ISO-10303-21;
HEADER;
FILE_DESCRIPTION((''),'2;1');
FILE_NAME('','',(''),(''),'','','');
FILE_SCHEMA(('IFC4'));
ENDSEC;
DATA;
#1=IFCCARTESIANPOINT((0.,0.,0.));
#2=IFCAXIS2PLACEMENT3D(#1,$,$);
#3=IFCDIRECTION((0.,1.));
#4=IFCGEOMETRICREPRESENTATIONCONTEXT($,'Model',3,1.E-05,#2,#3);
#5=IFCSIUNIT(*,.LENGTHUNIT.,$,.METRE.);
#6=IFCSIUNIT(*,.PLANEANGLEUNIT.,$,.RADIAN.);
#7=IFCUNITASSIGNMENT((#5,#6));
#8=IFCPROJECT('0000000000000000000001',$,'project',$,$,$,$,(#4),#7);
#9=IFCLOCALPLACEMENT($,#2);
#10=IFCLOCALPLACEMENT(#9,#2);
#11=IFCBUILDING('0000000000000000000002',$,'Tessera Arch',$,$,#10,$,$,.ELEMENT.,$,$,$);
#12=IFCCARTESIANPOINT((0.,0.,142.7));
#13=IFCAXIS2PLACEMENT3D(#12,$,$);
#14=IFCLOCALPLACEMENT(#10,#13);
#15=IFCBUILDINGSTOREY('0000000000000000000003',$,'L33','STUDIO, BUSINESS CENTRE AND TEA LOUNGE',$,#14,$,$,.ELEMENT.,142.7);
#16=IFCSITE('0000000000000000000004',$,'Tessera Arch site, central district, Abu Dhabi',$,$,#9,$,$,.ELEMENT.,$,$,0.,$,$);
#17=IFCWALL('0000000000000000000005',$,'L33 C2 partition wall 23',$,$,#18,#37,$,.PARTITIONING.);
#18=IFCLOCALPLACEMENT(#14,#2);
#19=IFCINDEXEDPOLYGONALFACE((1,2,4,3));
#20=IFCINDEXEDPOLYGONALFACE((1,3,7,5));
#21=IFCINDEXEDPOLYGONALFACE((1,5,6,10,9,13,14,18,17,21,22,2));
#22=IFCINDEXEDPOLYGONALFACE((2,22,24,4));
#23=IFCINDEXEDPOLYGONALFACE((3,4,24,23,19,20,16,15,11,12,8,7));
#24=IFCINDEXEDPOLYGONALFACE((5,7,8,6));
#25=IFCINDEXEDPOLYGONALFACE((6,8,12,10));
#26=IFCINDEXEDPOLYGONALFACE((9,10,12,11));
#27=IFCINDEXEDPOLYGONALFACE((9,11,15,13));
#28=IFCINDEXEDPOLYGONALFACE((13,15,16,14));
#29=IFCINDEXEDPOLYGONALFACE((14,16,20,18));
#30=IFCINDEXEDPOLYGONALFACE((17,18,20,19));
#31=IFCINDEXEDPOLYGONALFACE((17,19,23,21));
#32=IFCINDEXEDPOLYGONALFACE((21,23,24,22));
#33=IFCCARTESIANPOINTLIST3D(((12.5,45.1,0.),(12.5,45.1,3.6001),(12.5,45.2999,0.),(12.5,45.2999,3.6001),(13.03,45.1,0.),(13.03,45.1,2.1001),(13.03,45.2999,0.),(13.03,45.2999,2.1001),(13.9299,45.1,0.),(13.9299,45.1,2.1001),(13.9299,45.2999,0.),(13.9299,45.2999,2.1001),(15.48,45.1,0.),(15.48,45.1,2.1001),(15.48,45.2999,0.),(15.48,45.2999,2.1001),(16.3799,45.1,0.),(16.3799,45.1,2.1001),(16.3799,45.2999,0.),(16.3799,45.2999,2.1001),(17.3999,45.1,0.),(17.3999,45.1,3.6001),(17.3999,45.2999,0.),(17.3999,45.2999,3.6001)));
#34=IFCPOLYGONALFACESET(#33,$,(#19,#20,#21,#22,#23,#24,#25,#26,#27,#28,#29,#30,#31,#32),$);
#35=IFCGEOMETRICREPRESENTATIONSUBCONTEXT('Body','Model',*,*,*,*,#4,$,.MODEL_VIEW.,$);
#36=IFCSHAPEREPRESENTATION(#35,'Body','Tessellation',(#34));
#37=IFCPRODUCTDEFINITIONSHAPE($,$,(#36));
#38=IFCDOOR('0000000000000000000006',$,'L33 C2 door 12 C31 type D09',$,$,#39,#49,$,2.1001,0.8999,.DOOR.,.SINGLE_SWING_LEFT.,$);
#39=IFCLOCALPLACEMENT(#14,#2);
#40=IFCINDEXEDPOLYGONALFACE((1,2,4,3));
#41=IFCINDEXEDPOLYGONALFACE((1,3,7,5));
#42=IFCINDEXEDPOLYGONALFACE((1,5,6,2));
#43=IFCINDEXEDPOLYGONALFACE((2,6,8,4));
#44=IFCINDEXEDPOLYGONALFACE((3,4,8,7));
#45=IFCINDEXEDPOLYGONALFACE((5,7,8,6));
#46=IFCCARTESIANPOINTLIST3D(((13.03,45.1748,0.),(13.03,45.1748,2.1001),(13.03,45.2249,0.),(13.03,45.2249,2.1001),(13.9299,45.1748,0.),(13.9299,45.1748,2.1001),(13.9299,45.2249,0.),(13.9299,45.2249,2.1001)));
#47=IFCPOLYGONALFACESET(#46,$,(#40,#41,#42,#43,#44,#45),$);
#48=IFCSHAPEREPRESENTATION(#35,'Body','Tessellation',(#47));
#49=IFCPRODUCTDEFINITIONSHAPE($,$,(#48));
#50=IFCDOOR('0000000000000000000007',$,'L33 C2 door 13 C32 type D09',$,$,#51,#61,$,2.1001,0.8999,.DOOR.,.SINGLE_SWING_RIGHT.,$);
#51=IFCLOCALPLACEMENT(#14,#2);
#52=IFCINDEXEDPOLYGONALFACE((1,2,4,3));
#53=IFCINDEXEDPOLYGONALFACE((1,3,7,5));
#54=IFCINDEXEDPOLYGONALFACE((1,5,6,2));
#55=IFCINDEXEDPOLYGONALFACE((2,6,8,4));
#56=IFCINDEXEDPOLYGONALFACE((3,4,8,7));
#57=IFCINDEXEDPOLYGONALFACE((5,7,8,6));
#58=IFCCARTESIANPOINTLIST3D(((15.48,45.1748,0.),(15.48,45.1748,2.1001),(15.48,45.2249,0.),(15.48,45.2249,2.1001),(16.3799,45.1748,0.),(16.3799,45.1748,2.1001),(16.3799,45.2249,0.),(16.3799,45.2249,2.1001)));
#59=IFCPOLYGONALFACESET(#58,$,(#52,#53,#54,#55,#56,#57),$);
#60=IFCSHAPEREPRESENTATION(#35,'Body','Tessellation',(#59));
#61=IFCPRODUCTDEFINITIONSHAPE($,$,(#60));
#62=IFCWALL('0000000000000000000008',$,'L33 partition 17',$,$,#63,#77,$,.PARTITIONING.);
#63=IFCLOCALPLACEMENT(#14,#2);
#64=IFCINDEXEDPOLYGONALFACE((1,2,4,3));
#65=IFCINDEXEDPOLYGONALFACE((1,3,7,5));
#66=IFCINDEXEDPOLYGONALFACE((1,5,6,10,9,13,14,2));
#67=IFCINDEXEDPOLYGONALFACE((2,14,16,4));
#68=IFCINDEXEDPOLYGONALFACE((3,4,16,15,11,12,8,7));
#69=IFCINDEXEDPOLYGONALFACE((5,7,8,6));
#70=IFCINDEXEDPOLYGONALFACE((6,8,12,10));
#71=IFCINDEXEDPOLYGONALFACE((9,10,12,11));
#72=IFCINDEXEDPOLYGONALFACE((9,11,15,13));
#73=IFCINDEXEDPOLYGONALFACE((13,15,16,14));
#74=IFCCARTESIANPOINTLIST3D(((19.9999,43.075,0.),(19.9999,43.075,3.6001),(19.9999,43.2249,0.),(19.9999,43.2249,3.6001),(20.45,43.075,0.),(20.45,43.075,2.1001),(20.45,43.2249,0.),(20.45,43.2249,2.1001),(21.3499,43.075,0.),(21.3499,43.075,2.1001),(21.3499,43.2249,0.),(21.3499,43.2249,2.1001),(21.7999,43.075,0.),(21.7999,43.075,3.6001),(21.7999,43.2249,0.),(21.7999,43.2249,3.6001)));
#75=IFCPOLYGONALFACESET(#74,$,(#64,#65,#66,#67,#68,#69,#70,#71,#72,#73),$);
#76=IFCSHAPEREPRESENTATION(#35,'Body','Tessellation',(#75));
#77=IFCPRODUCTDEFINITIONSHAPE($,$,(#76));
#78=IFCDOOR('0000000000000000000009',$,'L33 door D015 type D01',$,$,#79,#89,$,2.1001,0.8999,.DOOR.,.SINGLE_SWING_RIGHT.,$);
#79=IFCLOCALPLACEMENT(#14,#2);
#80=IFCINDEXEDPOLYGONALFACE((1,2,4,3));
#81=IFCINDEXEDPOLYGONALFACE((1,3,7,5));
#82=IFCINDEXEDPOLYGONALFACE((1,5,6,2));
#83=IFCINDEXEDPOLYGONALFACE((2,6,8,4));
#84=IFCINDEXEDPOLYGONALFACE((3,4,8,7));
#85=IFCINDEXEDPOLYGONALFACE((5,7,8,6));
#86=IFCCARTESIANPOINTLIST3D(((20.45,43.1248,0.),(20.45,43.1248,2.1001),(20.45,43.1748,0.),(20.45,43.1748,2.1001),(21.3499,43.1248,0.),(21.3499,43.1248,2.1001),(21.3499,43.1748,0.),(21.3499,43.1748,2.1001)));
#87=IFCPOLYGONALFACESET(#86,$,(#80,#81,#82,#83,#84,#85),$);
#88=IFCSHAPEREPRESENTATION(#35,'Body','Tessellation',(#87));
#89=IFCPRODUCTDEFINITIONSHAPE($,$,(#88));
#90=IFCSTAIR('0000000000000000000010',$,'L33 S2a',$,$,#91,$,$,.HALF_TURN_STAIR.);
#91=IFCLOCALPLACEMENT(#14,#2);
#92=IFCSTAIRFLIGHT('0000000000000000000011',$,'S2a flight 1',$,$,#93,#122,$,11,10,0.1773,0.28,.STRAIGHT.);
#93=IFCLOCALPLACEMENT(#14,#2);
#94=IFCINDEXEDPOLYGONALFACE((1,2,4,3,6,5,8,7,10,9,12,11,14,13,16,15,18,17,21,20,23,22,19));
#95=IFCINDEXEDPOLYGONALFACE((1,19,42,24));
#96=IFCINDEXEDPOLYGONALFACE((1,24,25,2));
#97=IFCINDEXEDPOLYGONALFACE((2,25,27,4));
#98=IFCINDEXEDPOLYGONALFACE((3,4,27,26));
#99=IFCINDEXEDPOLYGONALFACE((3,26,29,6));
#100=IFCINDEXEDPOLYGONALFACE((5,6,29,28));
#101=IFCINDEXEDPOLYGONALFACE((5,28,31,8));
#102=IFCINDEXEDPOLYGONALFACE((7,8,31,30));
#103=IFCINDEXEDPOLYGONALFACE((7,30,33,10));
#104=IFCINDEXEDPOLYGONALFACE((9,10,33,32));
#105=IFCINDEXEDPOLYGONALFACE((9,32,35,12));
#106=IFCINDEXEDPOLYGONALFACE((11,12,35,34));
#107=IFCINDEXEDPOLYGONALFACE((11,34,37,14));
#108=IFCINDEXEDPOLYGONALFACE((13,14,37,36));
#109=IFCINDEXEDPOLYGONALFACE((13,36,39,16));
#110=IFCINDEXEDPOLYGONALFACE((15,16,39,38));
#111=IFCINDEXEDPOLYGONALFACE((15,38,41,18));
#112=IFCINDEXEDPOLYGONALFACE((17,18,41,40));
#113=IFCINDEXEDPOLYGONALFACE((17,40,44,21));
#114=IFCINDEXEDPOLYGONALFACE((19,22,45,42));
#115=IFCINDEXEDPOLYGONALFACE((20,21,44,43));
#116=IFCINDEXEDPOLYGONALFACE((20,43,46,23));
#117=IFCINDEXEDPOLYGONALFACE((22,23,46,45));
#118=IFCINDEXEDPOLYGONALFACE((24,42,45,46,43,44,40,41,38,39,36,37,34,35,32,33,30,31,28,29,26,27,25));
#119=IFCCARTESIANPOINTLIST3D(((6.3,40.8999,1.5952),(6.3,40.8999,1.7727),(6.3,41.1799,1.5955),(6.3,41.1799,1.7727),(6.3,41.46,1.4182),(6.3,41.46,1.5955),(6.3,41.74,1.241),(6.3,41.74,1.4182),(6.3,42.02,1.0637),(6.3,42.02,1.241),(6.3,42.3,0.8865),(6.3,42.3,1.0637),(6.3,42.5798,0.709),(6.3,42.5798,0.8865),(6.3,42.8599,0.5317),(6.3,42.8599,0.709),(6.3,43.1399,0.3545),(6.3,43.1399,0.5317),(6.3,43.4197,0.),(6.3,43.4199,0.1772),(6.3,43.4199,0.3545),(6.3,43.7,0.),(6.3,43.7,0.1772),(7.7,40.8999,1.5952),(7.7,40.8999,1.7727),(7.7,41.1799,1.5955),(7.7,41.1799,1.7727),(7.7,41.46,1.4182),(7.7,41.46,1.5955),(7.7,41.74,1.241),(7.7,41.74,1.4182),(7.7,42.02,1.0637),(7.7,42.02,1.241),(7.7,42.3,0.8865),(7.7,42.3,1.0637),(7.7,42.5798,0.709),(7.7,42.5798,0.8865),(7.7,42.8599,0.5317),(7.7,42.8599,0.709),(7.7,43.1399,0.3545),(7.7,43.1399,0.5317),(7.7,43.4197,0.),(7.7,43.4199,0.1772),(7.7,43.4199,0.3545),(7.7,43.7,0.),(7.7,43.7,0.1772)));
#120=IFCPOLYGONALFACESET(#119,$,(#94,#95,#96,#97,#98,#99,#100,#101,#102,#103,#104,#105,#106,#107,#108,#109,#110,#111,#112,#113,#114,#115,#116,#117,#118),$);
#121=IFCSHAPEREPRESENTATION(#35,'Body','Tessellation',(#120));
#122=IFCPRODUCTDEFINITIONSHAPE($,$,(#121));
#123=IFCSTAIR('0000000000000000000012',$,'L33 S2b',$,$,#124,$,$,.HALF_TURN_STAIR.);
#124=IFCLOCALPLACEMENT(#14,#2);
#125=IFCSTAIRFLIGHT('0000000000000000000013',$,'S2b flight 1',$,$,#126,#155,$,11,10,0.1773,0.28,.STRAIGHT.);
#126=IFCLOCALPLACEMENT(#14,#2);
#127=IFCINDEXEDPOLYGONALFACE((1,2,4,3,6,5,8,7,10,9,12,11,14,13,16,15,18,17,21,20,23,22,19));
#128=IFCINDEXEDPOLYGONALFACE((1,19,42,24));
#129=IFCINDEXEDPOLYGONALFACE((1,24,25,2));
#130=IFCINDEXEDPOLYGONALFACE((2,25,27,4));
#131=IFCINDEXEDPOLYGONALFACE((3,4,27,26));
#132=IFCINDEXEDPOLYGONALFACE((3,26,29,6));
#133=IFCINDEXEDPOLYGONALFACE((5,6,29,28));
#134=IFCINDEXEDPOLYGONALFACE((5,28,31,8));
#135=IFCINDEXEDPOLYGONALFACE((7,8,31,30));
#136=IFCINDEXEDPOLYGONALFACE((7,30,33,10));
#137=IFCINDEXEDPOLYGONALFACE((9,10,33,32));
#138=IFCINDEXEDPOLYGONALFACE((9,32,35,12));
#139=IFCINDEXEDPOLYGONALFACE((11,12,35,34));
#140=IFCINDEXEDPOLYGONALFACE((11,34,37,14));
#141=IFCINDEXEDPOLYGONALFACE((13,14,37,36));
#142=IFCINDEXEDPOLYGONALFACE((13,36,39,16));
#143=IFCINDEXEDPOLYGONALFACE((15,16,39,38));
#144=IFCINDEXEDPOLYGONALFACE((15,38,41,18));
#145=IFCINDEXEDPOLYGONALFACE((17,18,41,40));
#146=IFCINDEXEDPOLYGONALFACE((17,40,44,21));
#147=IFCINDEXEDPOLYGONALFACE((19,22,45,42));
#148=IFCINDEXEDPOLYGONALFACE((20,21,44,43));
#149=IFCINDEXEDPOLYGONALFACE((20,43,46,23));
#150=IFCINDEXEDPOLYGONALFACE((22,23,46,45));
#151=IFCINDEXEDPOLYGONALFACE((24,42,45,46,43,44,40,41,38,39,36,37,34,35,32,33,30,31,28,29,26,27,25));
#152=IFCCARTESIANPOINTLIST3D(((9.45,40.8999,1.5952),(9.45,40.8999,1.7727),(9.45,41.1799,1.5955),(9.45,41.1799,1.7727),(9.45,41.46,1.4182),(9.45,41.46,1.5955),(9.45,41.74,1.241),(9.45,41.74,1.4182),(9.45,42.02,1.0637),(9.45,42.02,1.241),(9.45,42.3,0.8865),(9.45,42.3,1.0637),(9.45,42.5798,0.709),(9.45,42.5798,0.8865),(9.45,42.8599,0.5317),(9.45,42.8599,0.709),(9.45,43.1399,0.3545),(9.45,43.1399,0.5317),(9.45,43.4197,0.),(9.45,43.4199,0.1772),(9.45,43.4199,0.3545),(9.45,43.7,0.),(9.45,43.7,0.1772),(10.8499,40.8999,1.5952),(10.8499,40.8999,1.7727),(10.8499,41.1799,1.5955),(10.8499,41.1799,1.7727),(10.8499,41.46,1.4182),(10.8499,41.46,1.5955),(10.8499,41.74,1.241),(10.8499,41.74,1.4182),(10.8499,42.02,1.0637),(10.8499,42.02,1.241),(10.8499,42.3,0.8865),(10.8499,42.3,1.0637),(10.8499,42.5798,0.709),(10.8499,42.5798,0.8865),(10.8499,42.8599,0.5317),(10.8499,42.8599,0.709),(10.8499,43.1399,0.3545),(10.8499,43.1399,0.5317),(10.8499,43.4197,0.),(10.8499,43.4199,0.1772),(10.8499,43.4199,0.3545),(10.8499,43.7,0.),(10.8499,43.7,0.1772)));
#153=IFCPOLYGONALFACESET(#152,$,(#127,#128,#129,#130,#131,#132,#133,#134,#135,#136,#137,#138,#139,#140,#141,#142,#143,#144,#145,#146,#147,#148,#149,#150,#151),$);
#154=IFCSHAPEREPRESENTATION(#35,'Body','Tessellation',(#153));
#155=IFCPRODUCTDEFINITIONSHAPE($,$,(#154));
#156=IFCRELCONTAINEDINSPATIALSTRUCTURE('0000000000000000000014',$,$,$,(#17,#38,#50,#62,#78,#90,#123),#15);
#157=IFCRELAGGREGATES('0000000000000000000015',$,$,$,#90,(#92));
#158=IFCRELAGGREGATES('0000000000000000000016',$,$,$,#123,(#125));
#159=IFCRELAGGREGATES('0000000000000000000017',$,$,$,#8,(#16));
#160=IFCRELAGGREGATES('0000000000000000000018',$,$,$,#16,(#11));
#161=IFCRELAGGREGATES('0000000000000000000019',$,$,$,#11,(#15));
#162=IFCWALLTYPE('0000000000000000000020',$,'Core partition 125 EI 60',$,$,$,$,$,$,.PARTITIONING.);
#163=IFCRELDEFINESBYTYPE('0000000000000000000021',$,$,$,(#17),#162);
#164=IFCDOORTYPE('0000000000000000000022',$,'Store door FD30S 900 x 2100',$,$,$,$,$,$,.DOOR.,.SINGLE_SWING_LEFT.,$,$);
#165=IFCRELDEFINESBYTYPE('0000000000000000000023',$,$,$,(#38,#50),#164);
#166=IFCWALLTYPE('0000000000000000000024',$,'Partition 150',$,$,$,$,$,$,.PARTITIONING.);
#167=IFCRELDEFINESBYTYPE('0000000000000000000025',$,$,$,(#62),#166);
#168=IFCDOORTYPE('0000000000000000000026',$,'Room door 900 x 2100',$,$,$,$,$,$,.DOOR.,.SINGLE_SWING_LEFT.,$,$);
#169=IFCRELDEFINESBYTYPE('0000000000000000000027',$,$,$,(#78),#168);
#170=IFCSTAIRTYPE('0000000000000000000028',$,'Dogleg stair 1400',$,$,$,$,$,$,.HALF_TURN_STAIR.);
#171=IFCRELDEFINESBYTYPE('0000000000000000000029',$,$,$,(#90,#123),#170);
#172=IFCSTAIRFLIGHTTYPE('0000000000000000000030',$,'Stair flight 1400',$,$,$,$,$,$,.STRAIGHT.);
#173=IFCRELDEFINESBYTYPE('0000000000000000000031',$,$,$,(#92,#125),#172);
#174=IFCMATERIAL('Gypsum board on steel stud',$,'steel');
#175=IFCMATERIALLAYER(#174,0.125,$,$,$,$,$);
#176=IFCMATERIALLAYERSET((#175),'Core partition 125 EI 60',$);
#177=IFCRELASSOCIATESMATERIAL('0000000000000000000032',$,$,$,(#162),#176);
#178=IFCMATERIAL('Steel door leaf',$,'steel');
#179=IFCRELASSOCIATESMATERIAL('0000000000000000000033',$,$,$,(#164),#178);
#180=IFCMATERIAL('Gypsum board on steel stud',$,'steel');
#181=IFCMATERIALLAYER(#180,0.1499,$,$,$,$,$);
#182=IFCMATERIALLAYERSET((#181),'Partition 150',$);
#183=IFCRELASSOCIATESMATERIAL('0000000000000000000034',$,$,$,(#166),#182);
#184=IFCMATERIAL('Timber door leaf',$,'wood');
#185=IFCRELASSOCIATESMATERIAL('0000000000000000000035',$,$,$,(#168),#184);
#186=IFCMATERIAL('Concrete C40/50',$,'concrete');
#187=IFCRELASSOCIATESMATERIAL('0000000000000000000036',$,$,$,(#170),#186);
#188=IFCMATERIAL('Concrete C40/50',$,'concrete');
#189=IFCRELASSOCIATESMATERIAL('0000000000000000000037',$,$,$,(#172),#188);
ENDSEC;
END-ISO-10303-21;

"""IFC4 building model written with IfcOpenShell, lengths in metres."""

from ifc_helpers import new_model, si_unit, direction, frame, frame_2d, origin, place, context, subcontext, project, spatial, polyline, rectangle, outline, extrude, material, layer, layer_set, type_object, element, fill, aggregate, save


model = new_model("IFC4")

# Units and contexts
model_context = context("Model", 3, precision=1e-05, world=origin(), true_north=direction((0.0, 1.0)))
body_context = subcontext(model_context, "Body", "Model", "MODEL_VIEW")
ifc_project = project(units=[si_unit("LENGTHUNIT", "METRE"), si_unit("PLANEANGLEUNIT", "RADIAN")], contexts=[model_context])

# Site, building, storey
site_placement = place(None, origin())
site = spatial("IfcSite", under=ifc_project, at=site_placement, Name="Tessera Arch site, central district, Abu Dhabi", CompositionType="ELEMENT", RefElevation=0.0)
building_placement = place(site_placement, origin())
building = spatial("IfcBuilding", under=site, at=building_placement, Name="Tessera Arch", CompositionType="ELEMENT")
storey_placement = place(building_placement, frame((0.0, 0.0, 142.7)))
storey = spatial("IfcBuildingStorey", under=building, at=storey_placement, Name="L33", Description="STUDIO, BUSINESS CENTRE AND TEA LOUNGE", CompositionType="ELEMENT", Elevation=142.7)

# Shared definitions
ifc_material_1 = material(Name="Gypsum board on steel stud", Category="steel")
ifc_layer_1 = layer(ifc_material_1, 0.125)
ifc_layer_set_1 = layer_set([ifc_layer_1], Name="Core partition 125 EI 60")
wall_type_1 = type_object("IfcWallType", Name="Core partition 125 EI 60", PredefinedType="PARTITIONING", material=ifc_layer_set_1)

# Wall, openings, doors
wall_1_placement = place(storey_placement, frame((12.5, 45.2, 0.0), z_axis=(0.0, 0.0, 1.0), x_axis=(1.0, 0.0, 0.0)))
wall_1 = element("IfcWall", 1, at=wall_1_placement, inside=storey, type_object=wall_type_1, Name="L33 C2 partition wall 23", PredefinedType="PARTITIONING", context=body_context, shape_type="SweptSolid", body=[
    extrude(rectangle(XDim=4.8999, YDim=0.2, at=frame_2d((2.45, 0.0))), origin(), (0.0, 0.0, 1.0), 3.6001),
])
opening_1_placement = place(wall_1_placement, frame((0.53, 0.0, 0.0)))
opening_1 = element("IfcOpeningElement", 2, at=opening_1_placement, cuts=wall_1, PredefinedType="OPENING", context=body_context, shape_type="SweptSolid", body=[
    extrude(rectangle(XDim=0.8999, YDim=2.1001, at=frame_2d((0.45, 1.05))), frame((0.0, 0.1099, 0.0), z_axis=(0.0, -1.0, 0.0), x_axis=(1.0, 0.0, 0.0)), (0.0, 0.0, 1.0), 0.22),
])
opening_2_placement = place(wall_1_placement, frame((2.98, 0.0, 0.0)))
opening_2 = element("IfcOpeningElement", 3, at=opening_2_placement, cuts=wall_1, PredefinedType="OPENING", context=body_context, shape_type="SweptSolid", body=[
    extrude(rectangle(XDim=0.8999, YDim=2.1001, at=frame_2d((0.45, 1.05))), frame((0.0, 0.1099, 0.0), z_axis=(0.0, -1.0, 0.0), x_axis=(1.0, 0.0, 0.0)), (0.0, 0.0, 1.0), 0.22),
])
ifc_material_2 = material(Name="Steel door leaf", Category="steel")
door_type_1 = type_object("IfcDoorType", Name="Store door FD30S 900 x 2100", OperationType="SINGLE_SWING_LEFT", PredefinedType="DOOR", material=ifc_material_2)
door_1_placement = place(opening_1_placement, origin())
door_1 = element("IfcDoor", 4, at=door_1_placement, inside=storey, type_object=door_type_1, Name="L33 C2 door 12 C31 type D09", OperationType="SINGLE_SWING_LEFT", OverallHeight=2.1001, OverallWidth=0.8999, PredefinedType="DOOR", context=body_context, shape_type="SweptSolid", body=[
    extrude(rectangle(XDim=0.8999, YDim=2.1001, at=frame_2d((0.45, 1.05))), frame((0.0, 0.0249, 0.0), z_axis=(0.0, -1.0, 0.0), x_axis=(1.0, 0.0, 0.0)), (0.0, 0.0, 1.0), 0.05),
])
fill(opening_1, door_1)
door_2_placement = place(opening_2_placement, origin())
door_2 = element("IfcDoor", 5, at=door_2_placement, inside=storey, type_object=door_type_1, Name="L33 C2 door 13 C32 type D09", OperationType="SINGLE_SWING_RIGHT", OverallHeight=2.1001, OverallWidth=0.8999, PredefinedType="DOOR", context=body_context, shape_type="SweptSolid", body=[
    extrude(rectangle(XDim=0.8999, YDim=2.1001, at=frame_2d((0.45, 1.05))), frame((0.0, 0.0249, 0.0), z_axis=(0.0, -1.0, 0.0), x_axis=(1.0, 0.0, 0.0)), (0.0, 0.0, 1.0), 0.05),
])
fill(opening_2, door_2)

# Wall, opening, door
ifc_material_3 = material(Name="Gypsum board on steel stud", Category="steel")
ifc_layer_2 = layer(ifc_material_3, 0.1499)
ifc_layer_set_2 = layer_set([ifc_layer_2], Name="Partition 150")
wall_type_2 = type_object("IfcWallType", Name="Partition 150", PredefinedType="PARTITIONING", material=ifc_layer_set_2)
wall_2_placement = place(storey_placement, frame((20.0, 43.1499, 0.0), z_axis=(0.0, 0.0, 1.0), x_axis=(1.0, 0.0, 0.0)))
wall_2 = element("IfcWall", 6, at=wall_2_placement, inside=storey, type_object=wall_type_2, Name="L33 partition 17", PredefinedType="PARTITIONING", context=body_context, shape_type="SweptSolid", body=[
    extrude(rectangle(XDim=1.8, YDim=0.1499, at=frame_2d((0.8999, 0.0))), origin(), (0.0, 0.0, 1.0), 3.6001),
])
opening_3_placement = place(wall_2_placement, frame((0.45, 0.0, 0.0)))
opening_3 = element("IfcOpeningElement", 7, at=opening_3_placement, cuts=wall_2, PredefinedType="OPENING", context=body_context, shape_type="SweptSolid", body=[
    extrude(rectangle(XDim=0.8999, YDim=2.1001, at=frame_2d((0.45, 1.05))), frame((0.0, 0.085, 0.0), z_axis=(0.0, -1.0, 0.0), x_axis=(1.0, 0.0, 0.0)), (0.0, 0.0, 1.0), 0.1699),
])
ifc_material_4 = material(Name="Timber door leaf", Category="wood")
door_type_2 = type_object("IfcDoorType", Name="Room door 900 x 2100", OperationType="SINGLE_SWING_LEFT", PredefinedType="DOOR", material=ifc_material_4)
door_3_placement = place(opening_3_placement, origin())
door_3 = element("IfcDoor", 8, at=door_3_placement, inside=storey, type_object=door_type_2, Name="L33 door D015 type D01", OperationType="SINGLE_SWING_RIGHT", OverallHeight=2.1001, OverallWidth=0.8999, PredefinedType="DOOR", context=body_context, shape_type="SweptSolid", body=[
    extrude(rectangle(XDim=0.8999, YDim=2.1001, at=frame_2d((0.45, 1.05))), frame((0.0, 0.0249, 0.0), z_axis=(0.0, -1.0, 0.0), x_axis=(1.0, 0.0, 0.0)), (0.0, 0.0, 1.0), 0.05),
])
fill(opening_3, door_3)

# Stairs, stair flights
ifc_material_5 = material(Name="Concrete C40/50", Category="concrete")
stair_type = type_object("IfcStairType", Name="Dogleg stair 1400", PredefinedType="HALF_TURN_STAIR", material=ifc_material_5)
stair_1_placement = place(storey_placement, origin())
stair_1 = element("IfcStair", 9, at=stair_1_placement, inside=storey, type_object=stair_type, Name="L33 S2a", PredefinedType="HALF_TURN_STAIR")
ifc_material_6 = material(Name="Concrete C40/50", Category="concrete")
stair_flight_type = type_object("IfcStairFlightType", Name="Stair flight 1400", PredefinedType="STRAIGHT", material=ifc_material_6)
stair_flight_1_placement = place(storey_placement, frame((7.0, 43.7, 0.0), z_axis=(0.0, 0.0, 1.0), x_axis=(0.0, -1.0, 0.0)))
stair_flight_1 = element("IfcStairFlight", 10, at=stair_flight_1_placement, type_object=stair_flight_type, Name="S2a flight 1", NumberOfRisers=11, NumberOfTreads=10, PredefinedType="STRAIGHT", RiserHeight=0.1773, TreadLength=0.28, context=body_context, shape_type="SweptSolid", body=[
    extrude(outline(polyline([(0.0, 0.0), (0.0, 0.1772), (0.28, 0.1772), (0.28, 0.3545), (0.5601, 0.3545), (0.5601, 0.5317), (0.8401, 0.5317), (0.8401, 0.709), (1.1201, 0.709), (1.1201, 0.8865), (1.3999, 0.8865), (1.3999, 1.0637), (1.6799, 1.0637), (1.6799, 1.241), (1.96, 1.241), (1.96, 1.4182), (2.24, 1.4182), (2.24, 1.5955), (2.52, 1.5955), (2.52, 1.7727), (2.8, 1.7727), (2.8, 1.95), (2.8, 1.5952), (0.2803, 0.0), (0.0, 0.0)])), frame((0.0, 0.7, 0.0), z_axis=(0.0, -1.0, 0.0), x_axis=(1.0, 0.0, 0.0)), (0.0, 0.0, 1.0), 1.3999),
])
aggregate(stair_1, [stair_flight_1])
stair_2_placement = place(storey_placement, origin())
stair_2 = element("IfcStair", 11, at=stair_2_placement, inside=storey, type_object=stair_type, Name="L33 S2b", PredefinedType="HALF_TURN_STAIR")
stair_flight_2_placement = place(storey_placement, frame((10.1499, 43.7, 0.0), z_axis=(0.0, 0.0, 1.0), x_axis=(0.0, -1.0, 0.0)))
stair_flight_2 = element("IfcStairFlight", 12, at=stair_flight_2_placement, type_object=stair_flight_type, Name="S2b flight 1", NumberOfRisers=11, NumberOfTreads=10, PredefinedType="STRAIGHT", RiserHeight=0.1773, TreadLength=0.28, context=body_context, shape_type="SweptSolid", body=[
    extrude(outline(polyline([(0.0, 0.0), (0.0, 0.1772), (0.28, 0.1772), (0.28, 0.3545), (0.5601, 0.3545), (0.5601, 0.5317), (0.8401, 0.5317), (0.8401, 0.709), (1.1201, 0.709), (1.1201, 0.8865), (1.3999, 0.8865), (1.3999, 1.0637), (1.6799, 1.0637), (1.6799, 1.241), (1.96, 1.241), (1.96, 1.4182), (2.24, 1.4182), (2.24, 1.5955), (2.52, 1.5955), (2.52, 1.7727), (2.8, 1.7727), (2.8, 1.95), (2.8, 1.5952), (0.2803, 0.0), (0.0, 0.0)])), frame((0.0, 0.7, 0.0), z_axis=(0.0, -1.0, 0.0), x_axis=(1.0, 0.0, 0.0)), (0.0, 0.0, 1.0), 1.3999),
])
aggregate(stair_2, [stair_flight_2])

save(model, "model.ifc")
